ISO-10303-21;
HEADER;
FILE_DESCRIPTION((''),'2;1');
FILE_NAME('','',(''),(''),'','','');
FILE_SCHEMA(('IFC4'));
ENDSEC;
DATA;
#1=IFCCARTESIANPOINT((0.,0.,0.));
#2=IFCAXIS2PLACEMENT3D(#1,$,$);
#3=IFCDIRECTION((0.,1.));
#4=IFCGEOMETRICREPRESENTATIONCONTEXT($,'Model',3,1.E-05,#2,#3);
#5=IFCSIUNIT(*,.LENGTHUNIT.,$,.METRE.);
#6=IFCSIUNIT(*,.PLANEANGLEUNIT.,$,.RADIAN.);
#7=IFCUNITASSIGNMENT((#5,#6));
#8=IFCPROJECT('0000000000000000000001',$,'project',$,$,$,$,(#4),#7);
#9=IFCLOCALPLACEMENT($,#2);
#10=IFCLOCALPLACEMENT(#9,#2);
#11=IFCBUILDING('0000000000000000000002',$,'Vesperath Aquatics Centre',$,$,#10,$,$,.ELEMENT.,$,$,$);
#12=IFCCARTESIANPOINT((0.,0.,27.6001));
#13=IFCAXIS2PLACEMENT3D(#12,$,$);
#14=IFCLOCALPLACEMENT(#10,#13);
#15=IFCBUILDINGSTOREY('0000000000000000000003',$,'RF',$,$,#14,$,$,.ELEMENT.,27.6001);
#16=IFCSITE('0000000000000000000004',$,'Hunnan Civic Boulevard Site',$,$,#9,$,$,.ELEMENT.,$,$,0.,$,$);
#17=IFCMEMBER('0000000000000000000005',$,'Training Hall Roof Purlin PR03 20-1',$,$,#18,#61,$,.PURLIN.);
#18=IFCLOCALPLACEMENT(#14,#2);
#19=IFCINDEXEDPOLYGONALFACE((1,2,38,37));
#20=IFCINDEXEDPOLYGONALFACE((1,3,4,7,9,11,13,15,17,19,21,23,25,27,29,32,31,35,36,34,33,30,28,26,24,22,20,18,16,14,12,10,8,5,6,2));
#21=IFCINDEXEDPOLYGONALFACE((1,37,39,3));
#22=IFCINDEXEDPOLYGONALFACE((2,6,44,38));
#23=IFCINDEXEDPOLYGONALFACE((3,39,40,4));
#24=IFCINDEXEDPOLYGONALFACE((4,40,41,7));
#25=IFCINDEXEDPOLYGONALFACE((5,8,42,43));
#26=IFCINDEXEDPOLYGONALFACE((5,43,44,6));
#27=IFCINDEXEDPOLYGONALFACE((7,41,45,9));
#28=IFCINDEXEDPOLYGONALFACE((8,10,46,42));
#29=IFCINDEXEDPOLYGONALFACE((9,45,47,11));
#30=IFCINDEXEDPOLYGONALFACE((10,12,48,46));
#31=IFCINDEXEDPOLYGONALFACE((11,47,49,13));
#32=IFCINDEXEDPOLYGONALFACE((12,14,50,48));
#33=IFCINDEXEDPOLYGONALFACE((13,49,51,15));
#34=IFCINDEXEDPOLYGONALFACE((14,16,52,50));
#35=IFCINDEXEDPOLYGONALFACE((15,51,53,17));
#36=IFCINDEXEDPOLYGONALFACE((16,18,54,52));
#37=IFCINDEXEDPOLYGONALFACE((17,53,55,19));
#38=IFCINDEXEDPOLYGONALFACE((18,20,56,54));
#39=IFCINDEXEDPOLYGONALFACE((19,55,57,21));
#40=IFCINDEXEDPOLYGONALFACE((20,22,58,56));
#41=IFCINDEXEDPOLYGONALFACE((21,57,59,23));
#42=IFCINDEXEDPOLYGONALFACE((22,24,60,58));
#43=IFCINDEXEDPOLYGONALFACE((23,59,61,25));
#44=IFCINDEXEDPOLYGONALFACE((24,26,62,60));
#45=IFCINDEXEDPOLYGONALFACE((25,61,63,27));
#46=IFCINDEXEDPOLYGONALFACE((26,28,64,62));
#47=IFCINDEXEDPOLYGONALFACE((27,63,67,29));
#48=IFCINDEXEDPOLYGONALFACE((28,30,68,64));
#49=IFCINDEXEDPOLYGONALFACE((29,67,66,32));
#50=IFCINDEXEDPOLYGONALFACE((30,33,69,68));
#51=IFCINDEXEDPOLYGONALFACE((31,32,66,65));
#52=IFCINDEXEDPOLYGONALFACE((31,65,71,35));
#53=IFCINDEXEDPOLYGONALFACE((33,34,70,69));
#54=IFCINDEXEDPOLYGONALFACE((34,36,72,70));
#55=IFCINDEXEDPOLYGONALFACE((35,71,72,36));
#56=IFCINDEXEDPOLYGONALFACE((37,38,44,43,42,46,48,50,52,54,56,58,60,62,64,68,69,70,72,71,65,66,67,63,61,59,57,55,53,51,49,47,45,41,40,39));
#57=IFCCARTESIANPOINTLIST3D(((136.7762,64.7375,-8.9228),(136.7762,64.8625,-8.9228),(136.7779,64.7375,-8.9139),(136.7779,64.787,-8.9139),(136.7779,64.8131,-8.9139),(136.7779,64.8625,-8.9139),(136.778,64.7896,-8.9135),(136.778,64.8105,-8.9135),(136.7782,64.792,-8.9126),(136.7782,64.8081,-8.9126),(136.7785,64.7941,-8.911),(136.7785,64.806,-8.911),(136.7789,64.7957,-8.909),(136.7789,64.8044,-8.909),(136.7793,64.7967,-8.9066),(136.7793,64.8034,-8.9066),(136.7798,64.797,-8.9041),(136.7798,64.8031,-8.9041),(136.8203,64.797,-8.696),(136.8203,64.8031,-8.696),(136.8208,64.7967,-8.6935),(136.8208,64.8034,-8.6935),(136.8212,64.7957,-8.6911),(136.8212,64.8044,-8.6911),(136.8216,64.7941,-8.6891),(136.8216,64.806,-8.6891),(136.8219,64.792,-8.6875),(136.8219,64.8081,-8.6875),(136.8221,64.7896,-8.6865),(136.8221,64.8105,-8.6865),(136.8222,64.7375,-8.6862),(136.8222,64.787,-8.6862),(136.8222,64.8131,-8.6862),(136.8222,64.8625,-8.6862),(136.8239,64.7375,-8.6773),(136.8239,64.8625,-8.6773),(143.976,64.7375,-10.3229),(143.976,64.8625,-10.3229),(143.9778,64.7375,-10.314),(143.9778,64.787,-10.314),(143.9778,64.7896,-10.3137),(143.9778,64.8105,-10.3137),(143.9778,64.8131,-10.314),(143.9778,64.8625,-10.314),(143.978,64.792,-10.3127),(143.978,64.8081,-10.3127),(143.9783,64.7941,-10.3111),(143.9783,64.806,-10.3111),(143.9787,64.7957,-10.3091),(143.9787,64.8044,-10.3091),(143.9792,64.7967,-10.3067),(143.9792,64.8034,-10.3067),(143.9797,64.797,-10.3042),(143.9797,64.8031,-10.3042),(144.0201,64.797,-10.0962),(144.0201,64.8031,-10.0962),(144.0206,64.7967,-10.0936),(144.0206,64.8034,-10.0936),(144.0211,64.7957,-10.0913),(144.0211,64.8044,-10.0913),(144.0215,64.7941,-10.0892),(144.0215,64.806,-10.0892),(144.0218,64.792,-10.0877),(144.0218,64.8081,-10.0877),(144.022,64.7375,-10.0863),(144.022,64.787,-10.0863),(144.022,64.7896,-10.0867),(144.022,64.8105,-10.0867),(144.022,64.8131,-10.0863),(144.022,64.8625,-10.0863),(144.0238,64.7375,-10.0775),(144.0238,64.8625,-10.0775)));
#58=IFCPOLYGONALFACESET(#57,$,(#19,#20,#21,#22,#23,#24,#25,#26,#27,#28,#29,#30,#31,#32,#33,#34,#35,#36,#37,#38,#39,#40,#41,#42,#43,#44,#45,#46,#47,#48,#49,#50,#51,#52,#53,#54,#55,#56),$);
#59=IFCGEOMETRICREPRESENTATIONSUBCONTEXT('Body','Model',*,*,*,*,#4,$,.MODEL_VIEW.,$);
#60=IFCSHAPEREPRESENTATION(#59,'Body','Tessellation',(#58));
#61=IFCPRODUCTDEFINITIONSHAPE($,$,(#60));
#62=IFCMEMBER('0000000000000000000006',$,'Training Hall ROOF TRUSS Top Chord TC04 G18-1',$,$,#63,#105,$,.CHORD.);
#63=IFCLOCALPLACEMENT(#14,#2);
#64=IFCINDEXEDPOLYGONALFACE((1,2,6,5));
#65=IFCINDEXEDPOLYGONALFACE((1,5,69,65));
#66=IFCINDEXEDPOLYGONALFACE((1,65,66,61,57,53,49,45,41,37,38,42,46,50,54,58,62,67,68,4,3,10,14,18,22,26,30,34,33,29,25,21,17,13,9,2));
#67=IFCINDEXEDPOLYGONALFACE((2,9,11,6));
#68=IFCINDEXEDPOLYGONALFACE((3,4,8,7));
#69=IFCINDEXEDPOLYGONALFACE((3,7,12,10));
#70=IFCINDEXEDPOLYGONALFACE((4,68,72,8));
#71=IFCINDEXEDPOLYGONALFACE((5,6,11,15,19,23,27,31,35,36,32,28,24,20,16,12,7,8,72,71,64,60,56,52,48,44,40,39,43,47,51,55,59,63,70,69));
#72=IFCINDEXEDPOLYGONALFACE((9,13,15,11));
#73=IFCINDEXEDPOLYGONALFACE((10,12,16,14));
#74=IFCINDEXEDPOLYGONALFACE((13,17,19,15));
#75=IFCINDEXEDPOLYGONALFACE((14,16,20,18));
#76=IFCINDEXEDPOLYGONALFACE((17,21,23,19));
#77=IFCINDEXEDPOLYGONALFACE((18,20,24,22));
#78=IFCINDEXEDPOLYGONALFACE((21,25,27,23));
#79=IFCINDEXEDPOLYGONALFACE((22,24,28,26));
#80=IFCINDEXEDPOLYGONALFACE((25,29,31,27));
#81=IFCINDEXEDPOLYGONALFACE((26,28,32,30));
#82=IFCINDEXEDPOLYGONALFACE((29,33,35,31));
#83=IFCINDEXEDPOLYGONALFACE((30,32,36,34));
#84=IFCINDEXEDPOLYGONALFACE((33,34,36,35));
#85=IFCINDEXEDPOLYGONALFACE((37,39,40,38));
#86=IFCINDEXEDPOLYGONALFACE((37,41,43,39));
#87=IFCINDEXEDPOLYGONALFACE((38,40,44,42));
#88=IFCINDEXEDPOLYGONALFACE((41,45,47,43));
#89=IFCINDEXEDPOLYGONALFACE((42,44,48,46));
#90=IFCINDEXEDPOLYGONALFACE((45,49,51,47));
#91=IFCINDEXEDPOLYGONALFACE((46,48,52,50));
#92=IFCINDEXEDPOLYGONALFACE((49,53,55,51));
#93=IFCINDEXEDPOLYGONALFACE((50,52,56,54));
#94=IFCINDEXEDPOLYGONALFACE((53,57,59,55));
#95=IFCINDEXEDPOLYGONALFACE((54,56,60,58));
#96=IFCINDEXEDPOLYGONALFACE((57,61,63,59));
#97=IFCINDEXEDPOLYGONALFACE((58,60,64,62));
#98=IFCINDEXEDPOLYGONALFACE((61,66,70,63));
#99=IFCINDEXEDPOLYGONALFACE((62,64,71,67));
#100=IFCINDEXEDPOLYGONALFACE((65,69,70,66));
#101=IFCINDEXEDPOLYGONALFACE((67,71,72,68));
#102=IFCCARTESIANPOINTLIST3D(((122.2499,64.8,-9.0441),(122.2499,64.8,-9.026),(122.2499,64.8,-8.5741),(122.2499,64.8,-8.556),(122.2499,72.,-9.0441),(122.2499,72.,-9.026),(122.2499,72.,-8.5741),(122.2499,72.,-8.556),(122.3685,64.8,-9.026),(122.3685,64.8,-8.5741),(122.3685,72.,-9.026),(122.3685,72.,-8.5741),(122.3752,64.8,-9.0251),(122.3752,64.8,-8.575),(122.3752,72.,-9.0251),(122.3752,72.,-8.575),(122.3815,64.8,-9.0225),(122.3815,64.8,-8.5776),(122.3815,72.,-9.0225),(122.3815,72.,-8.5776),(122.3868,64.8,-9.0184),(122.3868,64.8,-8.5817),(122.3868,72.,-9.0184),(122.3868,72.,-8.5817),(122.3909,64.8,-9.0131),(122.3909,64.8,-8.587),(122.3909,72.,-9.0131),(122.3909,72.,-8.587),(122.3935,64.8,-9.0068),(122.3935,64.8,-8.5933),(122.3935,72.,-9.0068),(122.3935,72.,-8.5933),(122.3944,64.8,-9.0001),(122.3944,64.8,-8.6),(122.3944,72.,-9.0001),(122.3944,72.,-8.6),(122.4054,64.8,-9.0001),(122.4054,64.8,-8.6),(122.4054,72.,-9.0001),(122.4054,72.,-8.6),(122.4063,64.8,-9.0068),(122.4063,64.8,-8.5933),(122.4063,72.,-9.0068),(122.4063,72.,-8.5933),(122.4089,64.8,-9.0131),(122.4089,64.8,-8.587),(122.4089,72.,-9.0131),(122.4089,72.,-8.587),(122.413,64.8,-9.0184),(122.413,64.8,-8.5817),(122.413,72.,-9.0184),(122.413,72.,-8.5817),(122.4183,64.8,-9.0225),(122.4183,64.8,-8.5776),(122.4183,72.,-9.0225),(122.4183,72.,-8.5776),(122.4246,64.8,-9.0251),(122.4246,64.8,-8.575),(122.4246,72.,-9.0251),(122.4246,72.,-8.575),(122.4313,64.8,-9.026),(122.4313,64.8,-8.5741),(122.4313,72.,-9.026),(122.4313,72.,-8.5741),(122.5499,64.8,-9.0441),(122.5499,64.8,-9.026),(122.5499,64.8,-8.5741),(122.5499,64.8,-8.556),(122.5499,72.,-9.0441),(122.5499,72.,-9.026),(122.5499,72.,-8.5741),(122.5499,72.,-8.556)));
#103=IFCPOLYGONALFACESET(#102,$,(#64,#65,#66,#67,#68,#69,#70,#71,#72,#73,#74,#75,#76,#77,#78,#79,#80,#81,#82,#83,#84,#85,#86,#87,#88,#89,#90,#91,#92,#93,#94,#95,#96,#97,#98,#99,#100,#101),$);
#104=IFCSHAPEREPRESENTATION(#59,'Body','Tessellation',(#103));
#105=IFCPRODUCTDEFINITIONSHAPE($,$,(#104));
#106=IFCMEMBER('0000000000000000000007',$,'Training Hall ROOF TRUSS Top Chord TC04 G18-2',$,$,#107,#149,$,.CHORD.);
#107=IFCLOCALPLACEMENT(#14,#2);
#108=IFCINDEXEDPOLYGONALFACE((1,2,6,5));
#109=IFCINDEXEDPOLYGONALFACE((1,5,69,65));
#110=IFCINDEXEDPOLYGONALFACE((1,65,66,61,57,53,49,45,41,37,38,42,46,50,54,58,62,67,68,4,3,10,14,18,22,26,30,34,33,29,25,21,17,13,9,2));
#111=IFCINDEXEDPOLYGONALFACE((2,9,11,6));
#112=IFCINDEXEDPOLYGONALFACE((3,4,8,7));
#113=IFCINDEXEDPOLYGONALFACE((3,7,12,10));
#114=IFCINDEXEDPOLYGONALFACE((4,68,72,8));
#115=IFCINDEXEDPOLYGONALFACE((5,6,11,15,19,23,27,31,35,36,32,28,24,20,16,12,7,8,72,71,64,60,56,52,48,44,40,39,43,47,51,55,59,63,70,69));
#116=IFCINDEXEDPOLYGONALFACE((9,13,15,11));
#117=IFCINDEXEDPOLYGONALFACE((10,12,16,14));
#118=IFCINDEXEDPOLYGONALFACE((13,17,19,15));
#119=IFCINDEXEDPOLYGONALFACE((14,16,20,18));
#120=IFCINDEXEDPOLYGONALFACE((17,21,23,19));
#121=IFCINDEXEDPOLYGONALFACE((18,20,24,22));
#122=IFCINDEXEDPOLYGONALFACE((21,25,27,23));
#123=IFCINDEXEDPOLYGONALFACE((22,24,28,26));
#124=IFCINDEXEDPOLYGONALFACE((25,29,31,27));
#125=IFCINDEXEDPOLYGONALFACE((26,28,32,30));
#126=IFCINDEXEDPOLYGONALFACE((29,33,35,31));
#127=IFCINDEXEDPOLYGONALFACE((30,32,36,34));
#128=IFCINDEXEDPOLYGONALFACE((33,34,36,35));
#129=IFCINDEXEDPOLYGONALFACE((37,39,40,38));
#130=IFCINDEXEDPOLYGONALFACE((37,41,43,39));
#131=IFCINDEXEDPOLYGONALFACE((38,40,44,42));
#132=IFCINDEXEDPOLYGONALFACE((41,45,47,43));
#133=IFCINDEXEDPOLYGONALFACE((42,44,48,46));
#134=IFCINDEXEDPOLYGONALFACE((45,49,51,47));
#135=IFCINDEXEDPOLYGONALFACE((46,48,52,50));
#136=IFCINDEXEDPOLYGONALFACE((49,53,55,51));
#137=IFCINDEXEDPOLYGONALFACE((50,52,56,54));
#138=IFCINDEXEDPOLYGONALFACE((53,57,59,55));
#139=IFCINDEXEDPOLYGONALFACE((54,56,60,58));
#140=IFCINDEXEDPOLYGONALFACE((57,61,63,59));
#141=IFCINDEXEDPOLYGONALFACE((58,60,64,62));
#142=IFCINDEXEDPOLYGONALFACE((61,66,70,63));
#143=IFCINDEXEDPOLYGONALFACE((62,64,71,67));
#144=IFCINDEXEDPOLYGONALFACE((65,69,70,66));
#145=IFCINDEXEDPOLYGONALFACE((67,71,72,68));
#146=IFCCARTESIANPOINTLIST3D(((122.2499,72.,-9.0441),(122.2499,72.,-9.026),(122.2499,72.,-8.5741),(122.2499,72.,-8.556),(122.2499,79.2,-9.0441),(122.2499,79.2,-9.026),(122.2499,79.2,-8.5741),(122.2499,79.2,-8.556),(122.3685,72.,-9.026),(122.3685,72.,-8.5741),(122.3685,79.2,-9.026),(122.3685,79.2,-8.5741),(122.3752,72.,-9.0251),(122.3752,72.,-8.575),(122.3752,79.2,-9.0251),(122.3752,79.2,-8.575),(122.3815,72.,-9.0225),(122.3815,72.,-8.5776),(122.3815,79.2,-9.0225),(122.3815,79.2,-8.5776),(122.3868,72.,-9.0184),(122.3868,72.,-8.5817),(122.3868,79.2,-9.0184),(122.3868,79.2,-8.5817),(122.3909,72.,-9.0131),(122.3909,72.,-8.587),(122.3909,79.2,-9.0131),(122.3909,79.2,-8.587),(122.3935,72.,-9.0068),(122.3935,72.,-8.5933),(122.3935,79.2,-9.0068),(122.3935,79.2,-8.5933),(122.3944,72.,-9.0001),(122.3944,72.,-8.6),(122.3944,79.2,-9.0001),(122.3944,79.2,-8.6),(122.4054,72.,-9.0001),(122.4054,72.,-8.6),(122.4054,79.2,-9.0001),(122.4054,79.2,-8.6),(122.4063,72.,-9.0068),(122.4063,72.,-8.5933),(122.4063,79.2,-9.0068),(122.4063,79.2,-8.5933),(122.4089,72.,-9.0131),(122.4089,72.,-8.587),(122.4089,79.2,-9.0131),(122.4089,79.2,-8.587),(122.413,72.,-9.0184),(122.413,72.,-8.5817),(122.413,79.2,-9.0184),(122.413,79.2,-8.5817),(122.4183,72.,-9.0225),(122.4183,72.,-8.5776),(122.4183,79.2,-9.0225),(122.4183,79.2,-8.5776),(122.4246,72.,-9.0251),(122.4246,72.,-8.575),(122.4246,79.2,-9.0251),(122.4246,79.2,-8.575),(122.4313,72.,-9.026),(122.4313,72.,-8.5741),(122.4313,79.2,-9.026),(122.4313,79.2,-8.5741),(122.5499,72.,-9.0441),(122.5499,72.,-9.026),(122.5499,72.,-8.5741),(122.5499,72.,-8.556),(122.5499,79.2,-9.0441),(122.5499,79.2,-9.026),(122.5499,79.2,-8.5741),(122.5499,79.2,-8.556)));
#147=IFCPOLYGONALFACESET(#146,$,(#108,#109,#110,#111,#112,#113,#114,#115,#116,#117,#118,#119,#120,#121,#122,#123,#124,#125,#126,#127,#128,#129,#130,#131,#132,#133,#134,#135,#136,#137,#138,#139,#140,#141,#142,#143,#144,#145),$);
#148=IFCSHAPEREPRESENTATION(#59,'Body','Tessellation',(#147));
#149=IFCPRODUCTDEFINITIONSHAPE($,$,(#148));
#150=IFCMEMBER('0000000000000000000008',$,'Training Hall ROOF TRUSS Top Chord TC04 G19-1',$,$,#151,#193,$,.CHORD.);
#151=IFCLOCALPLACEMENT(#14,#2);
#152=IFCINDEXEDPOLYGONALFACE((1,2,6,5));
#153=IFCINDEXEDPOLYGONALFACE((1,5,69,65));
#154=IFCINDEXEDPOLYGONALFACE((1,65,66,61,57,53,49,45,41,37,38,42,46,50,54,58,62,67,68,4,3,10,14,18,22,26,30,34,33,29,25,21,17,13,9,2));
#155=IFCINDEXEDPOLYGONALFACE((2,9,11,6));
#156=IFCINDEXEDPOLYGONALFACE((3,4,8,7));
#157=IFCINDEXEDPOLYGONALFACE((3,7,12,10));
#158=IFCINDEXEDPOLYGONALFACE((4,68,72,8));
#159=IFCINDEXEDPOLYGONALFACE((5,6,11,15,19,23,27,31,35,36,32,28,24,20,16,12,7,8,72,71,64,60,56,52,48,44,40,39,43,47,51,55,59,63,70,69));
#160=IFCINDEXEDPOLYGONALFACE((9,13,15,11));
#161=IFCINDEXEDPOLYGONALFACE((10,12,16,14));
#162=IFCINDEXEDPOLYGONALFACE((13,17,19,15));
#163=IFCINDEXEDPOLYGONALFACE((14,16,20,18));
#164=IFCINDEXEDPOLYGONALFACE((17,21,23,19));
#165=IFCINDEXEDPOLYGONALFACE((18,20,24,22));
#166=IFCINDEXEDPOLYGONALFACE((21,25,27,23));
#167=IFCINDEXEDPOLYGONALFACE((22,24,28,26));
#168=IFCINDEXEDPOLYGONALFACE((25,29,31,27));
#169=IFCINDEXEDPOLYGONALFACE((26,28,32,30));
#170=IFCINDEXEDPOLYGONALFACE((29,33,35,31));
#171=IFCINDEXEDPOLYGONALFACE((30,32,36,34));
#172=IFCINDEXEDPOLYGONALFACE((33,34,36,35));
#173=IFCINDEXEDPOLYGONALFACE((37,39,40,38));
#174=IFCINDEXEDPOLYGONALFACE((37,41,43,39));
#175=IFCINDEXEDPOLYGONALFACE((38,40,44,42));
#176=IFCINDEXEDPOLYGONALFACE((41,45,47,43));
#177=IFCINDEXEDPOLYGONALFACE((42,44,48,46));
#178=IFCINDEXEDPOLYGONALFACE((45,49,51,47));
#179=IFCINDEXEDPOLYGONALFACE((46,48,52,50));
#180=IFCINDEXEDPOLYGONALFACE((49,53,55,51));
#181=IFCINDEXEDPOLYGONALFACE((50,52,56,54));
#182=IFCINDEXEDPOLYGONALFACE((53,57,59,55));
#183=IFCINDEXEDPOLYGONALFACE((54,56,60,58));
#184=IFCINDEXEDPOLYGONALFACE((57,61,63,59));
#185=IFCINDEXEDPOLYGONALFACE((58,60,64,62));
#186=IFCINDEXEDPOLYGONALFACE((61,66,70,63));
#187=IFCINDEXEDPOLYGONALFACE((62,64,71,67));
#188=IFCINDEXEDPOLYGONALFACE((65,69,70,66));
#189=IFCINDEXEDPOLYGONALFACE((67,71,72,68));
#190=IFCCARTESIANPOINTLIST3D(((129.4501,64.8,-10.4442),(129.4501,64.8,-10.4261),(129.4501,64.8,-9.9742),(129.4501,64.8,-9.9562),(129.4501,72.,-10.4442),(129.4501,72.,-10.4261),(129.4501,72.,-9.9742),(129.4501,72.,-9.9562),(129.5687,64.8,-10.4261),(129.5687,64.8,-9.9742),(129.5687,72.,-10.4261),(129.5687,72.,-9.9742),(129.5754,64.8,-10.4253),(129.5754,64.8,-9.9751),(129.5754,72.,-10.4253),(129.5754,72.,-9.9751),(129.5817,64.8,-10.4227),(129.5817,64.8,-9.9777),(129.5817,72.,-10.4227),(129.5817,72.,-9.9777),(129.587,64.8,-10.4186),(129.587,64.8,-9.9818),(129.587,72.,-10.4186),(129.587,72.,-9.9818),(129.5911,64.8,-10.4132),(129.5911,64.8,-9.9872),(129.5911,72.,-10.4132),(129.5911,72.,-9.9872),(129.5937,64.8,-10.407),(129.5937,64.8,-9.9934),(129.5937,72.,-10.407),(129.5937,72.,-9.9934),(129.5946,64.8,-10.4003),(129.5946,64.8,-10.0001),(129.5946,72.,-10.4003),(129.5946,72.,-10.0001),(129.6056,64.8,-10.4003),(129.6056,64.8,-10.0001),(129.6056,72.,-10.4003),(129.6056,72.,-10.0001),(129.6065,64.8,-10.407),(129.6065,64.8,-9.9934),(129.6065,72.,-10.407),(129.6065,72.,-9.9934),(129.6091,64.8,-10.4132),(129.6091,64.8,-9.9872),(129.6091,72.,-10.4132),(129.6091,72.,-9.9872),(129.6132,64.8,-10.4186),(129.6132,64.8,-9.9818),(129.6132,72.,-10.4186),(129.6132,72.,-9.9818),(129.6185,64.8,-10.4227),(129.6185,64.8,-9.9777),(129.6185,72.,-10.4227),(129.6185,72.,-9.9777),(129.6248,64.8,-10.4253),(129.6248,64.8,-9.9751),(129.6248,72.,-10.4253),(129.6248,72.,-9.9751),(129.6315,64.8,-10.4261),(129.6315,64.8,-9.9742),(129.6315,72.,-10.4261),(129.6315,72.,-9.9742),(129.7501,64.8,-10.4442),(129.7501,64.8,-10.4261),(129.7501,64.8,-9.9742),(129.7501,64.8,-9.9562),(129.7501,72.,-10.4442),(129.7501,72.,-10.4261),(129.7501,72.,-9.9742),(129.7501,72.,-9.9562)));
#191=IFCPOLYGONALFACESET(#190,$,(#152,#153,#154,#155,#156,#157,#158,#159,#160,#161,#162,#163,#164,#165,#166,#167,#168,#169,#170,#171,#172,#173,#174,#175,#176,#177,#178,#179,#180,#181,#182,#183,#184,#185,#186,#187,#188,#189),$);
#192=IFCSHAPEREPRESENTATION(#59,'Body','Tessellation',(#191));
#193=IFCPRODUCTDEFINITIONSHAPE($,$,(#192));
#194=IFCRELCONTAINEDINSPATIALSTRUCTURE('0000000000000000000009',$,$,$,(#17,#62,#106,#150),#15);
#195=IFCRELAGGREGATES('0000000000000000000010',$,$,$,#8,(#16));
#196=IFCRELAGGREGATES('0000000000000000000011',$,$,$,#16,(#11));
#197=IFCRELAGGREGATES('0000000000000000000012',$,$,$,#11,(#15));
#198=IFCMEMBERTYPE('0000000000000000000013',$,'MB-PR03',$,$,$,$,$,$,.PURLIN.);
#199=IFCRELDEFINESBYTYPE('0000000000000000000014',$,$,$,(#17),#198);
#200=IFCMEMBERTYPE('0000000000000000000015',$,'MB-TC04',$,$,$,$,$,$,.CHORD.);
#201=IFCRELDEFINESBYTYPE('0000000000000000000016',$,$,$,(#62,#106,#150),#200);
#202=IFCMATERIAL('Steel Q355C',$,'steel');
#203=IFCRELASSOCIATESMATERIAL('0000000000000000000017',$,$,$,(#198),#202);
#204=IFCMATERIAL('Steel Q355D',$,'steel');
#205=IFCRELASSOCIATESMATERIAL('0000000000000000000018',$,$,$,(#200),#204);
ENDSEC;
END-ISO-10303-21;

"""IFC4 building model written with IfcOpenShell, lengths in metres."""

from ifc_helpers import new_model, si_unit, direction, frame, origin, origin_2d, place, context, subcontext, project, spatial, i_section, extrude, material, material_profile, profile_set, type_object, element, save


model = new_model("IFC4")

# Units and contexts
model_context = context("Model", 3, precision=1e-05, world=origin(), true_north=direction((0.0, 1.0)))
body_context = subcontext(model_context, "Body", "Model", "MODEL_VIEW")
ifc_project = project(units=[si_unit("LENGTHUNIT", "METRE"), si_unit("PLANEANGLEUNIT", "RADIAN")], contexts=[model_context])

# Site, building, storey
site_placement = place(None, origin())
site = spatial("IfcSite", under=ifc_project, at=site_placement, Name="Hunnan Civic Boulevard Site", CompositionType="ELEMENT", RefElevation=0.0)
building_placement = place(site_placement, origin())
building = spatial("IfcBuilding", under=site, at=building_placement, Name="Vesperath Aquatics Centre", CompositionType="ELEMENT")
storey_placement = place(building_placement, frame((0.0, 0.0, 27.6001)))
storey = spatial("IfcBuildingStorey", under=building, at=storey_placement, Name="RF", CompositionType="ELEMENT", Elevation=27.6001)

# Shared definitions
ifc_material_1 = material(Name="Steel Q355C", Category="steel")

# Members
ifc_material_2 = material(Name="Steel Q355D", Category="steel")
ifc_material_profile_1 = material_profile(ifc_material_1, i_section(OverallWidth=0.125, OverallDepth=0.25, WebThickness=0.0061, FlangeThickness=0.009, FilletRadius=0.01, at=origin_2d()), Name="HN 250x125x6x9")
ifc_profile_set_1 = profile_set([ifc_material_profile_1], Name="Steel Q355C")
member_type_1 = type_object("IfcMemberType", Name="MB-PR03", PredefinedType="PURLIN", material=ifc_profile_set_1)
for number, where, z_axis, x_axis, name in (
    (1, (136.8, 64.8, -8.8), (0.981611, 0.0, -0.19089), (0.0, 1.0, 0.0), "Training Hall Roof Purlin PR03 20-1"),
):
    element("IfcMember", number, at=place(storey_placement, frame(where, z_axis=z_axis, x_axis=x_axis)), inside=storey, type_object=member_type_1, Name=name, PredefinedType="PURLIN", context=body_context, shape_type="SweptSolid", body=[
        extrude(i_section(OverallWidth=0.125, OverallDepth=0.25, WebThickness=0.0061, FlangeThickness=0.009, FilletRadius=0.01, at=origin_2d()), origin(), (0.0, 0.0, 1.0), 7.3347),
    ])
ifc_material_profile_2 = material_profile(ifc_material_2, i_section(OverallWidth=0.3, OverallDepth=0.488, WebThickness=0.011, FlangeThickness=0.0181, FilletRadius=0.0259, at=origin_2d()), Name="HM 488x300x11x18")
ifc_profile_set_2 = profile_set([ifc_material_profile_2], Name="Steel Q355D")
member_type_2 = type_object("IfcMemberType", Name="MB-TC04", PredefinedType="CHORD", material=ifc_profile_set_2)
for number, where, z_axis, x_axis, name in (
    (2, (122.3999, 64.8, -8.8), (0.0, 1.0, 0.0), (-1.0, 0.0, 0.0), "Training Hall ROOF TRUSS Top Chord TC04 G18-1"),
    (3, (122.3999, 72.0, -8.8), (0.0, 1.0, 0.0), (-1.0, 0.0, 0.0), "Training Hall ROOF TRUSS Top Chord TC04 G18-2"),
    (4, (129.6001, 64.8, -10.2002), (0.0, 1.0, 0.0), (-1.0, 0.0, 0.0), "Training Hall ROOF TRUSS Top Chord TC04 G19-1"),
):
    element("IfcMember", number, at=place(storey_placement, frame(where, z_axis=z_axis, x_axis=x_axis)), inside=storey, type_object=member_type_2, Name=name, PredefinedType="CHORD", context=body_context, shape_type="SweptSolid", body=[
        extrude(i_section(OverallWidth=0.3, OverallDepth=0.488, WebThickness=0.011, FlangeThickness=0.0181, FilletRadius=0.0259, at=origin_2d()), origin(), (0.0, 0.0, 1.0), 7.2),
    ])

save(model, "model.ifc")
